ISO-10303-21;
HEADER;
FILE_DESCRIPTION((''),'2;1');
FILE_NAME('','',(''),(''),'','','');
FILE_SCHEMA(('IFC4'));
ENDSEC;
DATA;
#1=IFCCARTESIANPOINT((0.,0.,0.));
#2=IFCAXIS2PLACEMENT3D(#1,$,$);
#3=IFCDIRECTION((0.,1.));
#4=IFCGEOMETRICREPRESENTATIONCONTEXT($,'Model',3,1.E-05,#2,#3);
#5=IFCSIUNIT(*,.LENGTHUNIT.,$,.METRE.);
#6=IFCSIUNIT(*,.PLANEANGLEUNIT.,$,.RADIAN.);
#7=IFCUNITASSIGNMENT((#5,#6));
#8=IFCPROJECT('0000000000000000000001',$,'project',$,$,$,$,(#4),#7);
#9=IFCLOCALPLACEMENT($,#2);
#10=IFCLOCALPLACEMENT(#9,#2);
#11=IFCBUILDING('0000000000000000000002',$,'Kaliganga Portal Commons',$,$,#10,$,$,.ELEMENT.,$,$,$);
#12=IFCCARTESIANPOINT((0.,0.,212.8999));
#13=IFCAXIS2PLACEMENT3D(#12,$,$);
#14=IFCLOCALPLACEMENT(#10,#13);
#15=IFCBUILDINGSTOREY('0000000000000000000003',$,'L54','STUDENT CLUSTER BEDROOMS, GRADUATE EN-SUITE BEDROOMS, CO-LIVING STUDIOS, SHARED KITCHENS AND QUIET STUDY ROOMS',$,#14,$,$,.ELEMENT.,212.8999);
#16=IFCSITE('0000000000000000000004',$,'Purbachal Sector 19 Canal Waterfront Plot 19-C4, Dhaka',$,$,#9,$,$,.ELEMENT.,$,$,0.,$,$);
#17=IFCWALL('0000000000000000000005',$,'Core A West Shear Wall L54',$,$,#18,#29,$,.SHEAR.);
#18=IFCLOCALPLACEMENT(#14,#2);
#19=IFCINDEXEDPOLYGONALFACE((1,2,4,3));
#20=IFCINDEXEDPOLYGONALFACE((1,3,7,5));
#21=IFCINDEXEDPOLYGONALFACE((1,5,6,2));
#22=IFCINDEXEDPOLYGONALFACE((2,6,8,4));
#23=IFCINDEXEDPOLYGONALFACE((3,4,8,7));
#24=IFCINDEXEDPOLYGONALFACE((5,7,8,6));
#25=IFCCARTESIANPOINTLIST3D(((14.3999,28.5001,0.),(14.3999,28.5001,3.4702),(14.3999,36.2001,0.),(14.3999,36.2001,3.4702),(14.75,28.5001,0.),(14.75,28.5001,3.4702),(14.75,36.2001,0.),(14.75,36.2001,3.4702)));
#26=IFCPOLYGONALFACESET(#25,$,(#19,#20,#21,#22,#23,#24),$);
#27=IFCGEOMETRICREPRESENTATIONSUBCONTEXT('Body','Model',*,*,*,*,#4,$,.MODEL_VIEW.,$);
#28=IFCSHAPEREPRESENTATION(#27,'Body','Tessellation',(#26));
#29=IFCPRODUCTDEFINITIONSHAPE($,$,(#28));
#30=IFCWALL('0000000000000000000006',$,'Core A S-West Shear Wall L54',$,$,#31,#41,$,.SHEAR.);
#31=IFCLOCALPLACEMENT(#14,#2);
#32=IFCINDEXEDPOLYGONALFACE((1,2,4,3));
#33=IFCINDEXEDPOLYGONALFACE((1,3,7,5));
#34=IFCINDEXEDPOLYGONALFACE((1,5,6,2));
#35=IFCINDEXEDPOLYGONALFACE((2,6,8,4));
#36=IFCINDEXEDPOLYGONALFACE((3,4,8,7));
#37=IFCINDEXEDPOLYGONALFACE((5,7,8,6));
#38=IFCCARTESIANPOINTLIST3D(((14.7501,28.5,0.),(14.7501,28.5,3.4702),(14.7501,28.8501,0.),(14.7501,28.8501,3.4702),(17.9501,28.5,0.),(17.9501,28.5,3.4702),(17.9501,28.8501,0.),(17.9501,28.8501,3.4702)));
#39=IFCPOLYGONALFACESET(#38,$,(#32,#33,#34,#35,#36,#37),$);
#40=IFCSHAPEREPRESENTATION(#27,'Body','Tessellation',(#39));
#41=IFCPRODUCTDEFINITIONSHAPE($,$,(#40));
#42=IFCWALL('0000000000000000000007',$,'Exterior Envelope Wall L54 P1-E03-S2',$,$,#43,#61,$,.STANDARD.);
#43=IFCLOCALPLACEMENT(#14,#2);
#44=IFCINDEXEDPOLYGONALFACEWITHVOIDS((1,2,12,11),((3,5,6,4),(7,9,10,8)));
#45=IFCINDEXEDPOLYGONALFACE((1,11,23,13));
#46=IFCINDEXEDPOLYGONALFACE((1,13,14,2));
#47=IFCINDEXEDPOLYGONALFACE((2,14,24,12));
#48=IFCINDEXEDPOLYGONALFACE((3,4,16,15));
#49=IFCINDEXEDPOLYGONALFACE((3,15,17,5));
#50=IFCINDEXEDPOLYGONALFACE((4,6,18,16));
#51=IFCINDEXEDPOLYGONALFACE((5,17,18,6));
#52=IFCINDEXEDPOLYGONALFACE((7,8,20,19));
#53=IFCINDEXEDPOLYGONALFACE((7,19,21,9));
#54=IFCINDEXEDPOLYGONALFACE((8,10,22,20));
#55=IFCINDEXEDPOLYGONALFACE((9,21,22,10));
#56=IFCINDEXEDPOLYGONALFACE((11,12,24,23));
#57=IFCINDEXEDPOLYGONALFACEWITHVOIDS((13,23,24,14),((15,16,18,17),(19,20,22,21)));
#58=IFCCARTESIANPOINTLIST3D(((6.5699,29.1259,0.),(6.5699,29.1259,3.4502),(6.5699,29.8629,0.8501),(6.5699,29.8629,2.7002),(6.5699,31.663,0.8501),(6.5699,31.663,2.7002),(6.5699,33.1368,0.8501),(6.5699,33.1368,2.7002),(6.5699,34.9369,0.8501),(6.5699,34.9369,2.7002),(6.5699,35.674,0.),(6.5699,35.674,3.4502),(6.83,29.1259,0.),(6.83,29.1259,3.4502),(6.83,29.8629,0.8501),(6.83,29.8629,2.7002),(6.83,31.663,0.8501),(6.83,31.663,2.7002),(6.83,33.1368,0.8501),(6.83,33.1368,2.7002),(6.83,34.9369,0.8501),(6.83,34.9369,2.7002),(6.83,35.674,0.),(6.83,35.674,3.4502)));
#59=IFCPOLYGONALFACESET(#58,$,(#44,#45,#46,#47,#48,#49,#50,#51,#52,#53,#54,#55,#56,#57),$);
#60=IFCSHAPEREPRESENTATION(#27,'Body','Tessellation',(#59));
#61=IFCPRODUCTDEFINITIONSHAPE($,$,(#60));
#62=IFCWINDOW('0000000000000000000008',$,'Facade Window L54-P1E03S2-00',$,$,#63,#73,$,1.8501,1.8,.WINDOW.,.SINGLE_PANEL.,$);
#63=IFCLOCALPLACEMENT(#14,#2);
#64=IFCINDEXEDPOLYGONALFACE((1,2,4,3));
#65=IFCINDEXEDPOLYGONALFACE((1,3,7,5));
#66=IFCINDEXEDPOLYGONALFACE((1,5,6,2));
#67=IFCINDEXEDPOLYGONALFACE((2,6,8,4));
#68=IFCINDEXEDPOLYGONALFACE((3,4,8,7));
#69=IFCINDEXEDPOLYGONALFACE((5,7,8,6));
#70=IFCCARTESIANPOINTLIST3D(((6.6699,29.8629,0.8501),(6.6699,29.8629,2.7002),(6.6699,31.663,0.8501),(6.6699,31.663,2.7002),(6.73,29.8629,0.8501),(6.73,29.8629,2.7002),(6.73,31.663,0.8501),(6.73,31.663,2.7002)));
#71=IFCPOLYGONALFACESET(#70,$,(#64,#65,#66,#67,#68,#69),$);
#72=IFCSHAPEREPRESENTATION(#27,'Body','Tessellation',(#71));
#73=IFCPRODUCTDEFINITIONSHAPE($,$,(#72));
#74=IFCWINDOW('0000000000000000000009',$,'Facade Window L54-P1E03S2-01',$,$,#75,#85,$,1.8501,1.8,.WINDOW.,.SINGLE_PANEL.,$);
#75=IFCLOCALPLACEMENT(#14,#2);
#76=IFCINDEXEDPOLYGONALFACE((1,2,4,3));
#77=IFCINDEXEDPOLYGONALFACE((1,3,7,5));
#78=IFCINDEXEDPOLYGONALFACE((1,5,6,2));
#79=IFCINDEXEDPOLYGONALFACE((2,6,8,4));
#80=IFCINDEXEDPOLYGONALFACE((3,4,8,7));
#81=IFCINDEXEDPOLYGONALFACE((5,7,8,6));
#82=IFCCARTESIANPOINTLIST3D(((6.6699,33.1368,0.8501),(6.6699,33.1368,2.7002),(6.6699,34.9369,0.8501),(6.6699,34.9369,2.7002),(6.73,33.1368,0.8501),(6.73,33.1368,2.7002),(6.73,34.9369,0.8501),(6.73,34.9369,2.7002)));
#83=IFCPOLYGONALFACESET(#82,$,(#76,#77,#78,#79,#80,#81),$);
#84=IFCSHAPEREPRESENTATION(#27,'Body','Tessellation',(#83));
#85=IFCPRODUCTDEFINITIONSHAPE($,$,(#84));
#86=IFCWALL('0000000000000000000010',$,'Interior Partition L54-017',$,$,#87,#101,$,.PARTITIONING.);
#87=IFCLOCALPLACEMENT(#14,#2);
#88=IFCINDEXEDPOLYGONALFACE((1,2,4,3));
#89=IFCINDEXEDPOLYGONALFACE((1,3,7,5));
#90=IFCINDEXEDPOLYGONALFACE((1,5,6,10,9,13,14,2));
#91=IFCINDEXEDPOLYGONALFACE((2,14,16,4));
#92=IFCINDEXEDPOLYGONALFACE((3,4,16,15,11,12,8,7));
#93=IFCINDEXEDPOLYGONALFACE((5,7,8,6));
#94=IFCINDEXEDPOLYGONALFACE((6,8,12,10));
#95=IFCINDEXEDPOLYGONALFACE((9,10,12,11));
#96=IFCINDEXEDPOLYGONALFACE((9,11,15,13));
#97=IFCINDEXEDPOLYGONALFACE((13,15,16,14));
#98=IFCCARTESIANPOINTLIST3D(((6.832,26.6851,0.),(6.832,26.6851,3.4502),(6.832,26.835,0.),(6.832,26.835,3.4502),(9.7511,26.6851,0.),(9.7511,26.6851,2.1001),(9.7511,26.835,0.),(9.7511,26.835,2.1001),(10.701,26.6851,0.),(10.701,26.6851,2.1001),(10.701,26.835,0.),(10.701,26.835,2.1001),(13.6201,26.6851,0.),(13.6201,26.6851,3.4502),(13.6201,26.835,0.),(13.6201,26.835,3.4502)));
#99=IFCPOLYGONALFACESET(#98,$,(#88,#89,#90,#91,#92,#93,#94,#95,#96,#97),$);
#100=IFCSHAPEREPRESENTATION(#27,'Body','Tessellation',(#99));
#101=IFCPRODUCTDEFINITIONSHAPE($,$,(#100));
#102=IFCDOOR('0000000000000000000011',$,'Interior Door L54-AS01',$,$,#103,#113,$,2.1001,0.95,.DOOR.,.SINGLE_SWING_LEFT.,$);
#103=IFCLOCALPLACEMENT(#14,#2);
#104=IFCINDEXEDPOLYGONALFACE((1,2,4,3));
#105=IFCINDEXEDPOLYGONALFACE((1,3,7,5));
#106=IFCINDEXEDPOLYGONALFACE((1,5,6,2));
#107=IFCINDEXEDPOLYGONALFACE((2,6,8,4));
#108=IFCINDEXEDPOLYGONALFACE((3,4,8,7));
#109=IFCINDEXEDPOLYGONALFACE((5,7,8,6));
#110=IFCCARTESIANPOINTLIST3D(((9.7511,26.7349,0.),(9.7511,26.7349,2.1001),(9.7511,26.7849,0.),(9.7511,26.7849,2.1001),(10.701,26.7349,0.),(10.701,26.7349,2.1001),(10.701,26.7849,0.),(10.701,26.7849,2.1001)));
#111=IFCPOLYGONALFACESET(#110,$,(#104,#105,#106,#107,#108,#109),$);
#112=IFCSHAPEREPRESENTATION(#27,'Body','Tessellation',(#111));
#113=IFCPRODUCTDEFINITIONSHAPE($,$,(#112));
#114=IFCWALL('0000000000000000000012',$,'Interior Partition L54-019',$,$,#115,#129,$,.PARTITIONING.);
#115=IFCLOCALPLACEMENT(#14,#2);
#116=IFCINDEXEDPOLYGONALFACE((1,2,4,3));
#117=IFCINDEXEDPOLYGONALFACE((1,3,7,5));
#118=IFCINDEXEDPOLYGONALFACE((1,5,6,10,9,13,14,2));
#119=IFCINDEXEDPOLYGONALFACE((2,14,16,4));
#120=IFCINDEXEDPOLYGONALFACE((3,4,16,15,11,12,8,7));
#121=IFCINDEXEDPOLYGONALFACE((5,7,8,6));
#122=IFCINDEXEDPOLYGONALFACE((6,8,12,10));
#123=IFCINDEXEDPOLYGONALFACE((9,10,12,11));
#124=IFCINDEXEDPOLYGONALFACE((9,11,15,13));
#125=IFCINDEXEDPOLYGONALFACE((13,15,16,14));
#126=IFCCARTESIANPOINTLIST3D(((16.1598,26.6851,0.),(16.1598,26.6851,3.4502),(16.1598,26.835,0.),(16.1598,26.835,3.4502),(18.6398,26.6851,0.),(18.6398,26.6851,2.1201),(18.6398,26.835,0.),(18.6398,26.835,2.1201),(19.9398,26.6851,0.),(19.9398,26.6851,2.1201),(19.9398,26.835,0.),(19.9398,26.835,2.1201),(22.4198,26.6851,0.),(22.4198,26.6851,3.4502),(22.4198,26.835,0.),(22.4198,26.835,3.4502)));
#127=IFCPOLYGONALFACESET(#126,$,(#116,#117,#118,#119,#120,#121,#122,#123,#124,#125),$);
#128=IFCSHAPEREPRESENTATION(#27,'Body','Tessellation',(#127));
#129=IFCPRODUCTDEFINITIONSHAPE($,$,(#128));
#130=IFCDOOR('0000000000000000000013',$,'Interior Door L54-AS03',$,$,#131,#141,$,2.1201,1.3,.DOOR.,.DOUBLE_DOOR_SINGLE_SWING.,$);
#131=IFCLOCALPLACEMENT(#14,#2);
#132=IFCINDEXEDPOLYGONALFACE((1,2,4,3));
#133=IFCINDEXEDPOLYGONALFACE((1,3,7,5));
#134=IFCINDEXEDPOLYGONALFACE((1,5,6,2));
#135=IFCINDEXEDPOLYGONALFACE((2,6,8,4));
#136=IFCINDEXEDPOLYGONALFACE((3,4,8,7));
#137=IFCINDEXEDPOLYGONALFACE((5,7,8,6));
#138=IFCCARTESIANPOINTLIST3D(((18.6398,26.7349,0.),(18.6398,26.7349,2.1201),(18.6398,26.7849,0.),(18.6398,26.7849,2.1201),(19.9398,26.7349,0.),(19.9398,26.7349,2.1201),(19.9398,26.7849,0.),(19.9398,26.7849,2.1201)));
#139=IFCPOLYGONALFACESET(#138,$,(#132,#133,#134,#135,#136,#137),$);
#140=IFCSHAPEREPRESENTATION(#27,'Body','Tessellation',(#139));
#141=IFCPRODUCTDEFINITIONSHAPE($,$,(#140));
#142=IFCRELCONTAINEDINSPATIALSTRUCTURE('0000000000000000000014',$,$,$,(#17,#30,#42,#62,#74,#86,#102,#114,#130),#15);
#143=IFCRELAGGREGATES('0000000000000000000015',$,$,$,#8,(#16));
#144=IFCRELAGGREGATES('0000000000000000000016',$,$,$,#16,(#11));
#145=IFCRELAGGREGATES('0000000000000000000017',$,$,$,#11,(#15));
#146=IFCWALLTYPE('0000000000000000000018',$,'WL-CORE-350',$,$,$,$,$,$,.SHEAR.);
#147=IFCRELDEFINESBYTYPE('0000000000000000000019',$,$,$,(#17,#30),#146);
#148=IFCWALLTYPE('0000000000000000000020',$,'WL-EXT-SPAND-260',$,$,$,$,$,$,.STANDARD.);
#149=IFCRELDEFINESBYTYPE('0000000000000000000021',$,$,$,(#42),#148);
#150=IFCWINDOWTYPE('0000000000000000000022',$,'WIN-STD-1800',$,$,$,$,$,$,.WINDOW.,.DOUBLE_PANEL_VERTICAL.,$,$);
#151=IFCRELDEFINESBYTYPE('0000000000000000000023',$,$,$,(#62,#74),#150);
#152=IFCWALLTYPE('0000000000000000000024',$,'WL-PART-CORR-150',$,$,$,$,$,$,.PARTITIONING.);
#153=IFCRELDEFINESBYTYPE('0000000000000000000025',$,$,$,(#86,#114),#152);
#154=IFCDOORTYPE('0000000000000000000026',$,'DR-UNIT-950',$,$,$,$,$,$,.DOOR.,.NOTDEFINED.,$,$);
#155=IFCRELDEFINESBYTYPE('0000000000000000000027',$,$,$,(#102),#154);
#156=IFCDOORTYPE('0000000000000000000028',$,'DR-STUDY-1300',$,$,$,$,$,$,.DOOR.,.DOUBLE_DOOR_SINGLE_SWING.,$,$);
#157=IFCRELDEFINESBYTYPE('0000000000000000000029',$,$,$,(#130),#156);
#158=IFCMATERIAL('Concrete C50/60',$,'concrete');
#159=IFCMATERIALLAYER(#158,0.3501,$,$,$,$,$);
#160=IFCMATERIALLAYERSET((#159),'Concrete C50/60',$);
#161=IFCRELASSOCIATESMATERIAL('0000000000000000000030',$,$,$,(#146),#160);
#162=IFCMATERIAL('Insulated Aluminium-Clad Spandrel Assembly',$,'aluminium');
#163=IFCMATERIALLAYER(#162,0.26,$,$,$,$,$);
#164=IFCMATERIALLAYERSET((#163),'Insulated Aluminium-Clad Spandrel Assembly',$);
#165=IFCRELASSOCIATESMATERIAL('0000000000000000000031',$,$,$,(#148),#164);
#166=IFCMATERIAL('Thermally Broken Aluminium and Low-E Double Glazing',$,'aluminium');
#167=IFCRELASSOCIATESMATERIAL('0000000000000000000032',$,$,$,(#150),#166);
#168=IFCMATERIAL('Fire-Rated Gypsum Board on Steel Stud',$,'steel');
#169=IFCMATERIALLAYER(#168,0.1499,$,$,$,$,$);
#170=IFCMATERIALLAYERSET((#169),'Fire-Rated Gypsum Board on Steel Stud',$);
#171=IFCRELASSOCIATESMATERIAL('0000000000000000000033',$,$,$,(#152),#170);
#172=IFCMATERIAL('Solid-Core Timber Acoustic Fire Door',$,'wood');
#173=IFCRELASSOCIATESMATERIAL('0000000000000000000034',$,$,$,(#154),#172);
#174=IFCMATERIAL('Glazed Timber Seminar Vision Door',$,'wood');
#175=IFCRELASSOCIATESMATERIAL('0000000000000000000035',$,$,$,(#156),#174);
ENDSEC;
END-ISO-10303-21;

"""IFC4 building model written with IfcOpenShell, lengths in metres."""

from ifc_helpers import new_model, si_unit, direction, frame, frame_2d, origin, place, context, subcontext, project, spatial, rectangle, extrude, material, layer, layer_set, type_object, element, fill, save


model = new_model("IFC4")

# Units and contexts
model_context = context("Model", 3, precision=1e-05, world=origin(), true_north=direction((0.0, 1.0)))
body_context = subcontext(model_context, "Body", "Model", "MODEL_VIEW")
ifc_project = project(units=[si_unit("LENGTHUNIT", "METRE"), si_unit("PLANEANGLEUNIT", "RADIAN")], contexts=[model_context])

# Site, building, storey
site_placement = place(None, origin())
site = spatial("IfcSite", under=ifc_project, at=site_placement, Name="Purbachal Sector 19 Canal Waterfront Plot 19-C4, Dhaka", CompositionType="ELEMENT", RefElevation=0.0)
building_placement = place(site_placement, origin())
building = spatial("IfcBuilding", under=site, at=building_placement, Name="Kaliganga Portal Commons", CompositionType="ELEMENT")
storey_placement = place(building_placement, frame((0.0, 0.0, 212.8999)))
storey = spatial("IfcBuildingStorey", under=building, at=storey_placement, Name="L54", Description="STUDENT CLUSTER BEDROOMS, GRADUATE EN-SUITE BEDROOMS, CO-LIVING STUDIOS, SHARED KITCHENS AND QUIET STUDY ROOMS", CompositionType="ELEMENT", Elevation=212.8999)

# Shared definitions
ifc_material_1 = material(Name="Concrete C50/60", Category="concrete")

# Walls
ifc_layer_1 = layer(ifc_material_1, 0.3501)
ifc_layer_set_1 = layer_set([ifc_layer_1], Name="Concrete C50/60")
wall_type_1 = type_object("IfcWallType", Name="WL-CORE-350", PredefinedType="SHEAR", material=ifc_layer_set_1)
wall_1_placement = place(storey_placement, frame((14.575, 28.5, 0.0), z_axis=(0.0, 0.0, 1.0), x_axis=(0.0, 1.0, 0.0)))
element("IfcWall", 1, at=wall_1_placement, inside=storey, type_object=wall_type_1, Name="Core A West Shear Wall L54", PredefinedType="SHEAR", context=body_context, shape_type="SweptSolid", body=[
    extrude(rectangle(XDim=7.7, YDim=0.3501, at=frame_2d((3.8501, 0.0))), origin(), (0.0, 0.0, 1.0), 3.4702),
])
wall_2_placement = place(storey_placement, frame((14.75, 28.675, 0.0), z_axis=(0.0, 0.0, 1.0), x_axis=(1.0, 0.0, 0.0)))
element("IfcWall", 2, at=wall_2_placement, inside=storey, type_object=wall_type_1, Name="Core A S-West Shear Wall L54", PredefinedType="SHEAR", context=body_context, shape_type="SweptSolid", body=[
    extrude(rectangle(XDim=3.2, YDim=0.3501, at=frame_2d((1.6001, 0.0))), origin(), (0.0, 0.0, 1.0), 3.4702),
])

# Wall, openings, windows
ifc_material_2 = material(Name="Insulated Aluminium-Clad Spandrel Assembly", Category="aluminium")
ifc_layer_2 = layer(ifc_material_2, 0.26)
ifc_layer_set_2 = layer_set([ifc_layer_2], Name="Insulated Aluminium-Clad Spandrel Assembly")
wall_type_2 = type_object("IfcWallType", Name="WL-EXT-SPAND-260", PredefinedType="STANDARD", material=ifc_layer_set_2)
wall_3_placement = place(storey_placement, frame((6.7, 29.126, 0.0), z_axis=(0.0, 0.0, 1.0), x_axis=(0.0, 1.0, 0.0)))
wall_3 = element("IfcWall", 3, at=wall_3_placement, inside=storey, type_object=wall_type_2, Name="Exterior Envelope Wall L54 P1-E03-S2", PredefinedType="STANDARD", context=body_context, shape_type="SweptSolid", body=[
    extrude(rectangle(XDim=6.5481, YDim=0.26, at=frame_2d((3.2739, 0.0))), origin(), (0.0, 0.0, 1.0), 3.4502),
])
opening_1_placement = place(wall_3_placement, frame((0.7371, 0.0, 0.8501)))
opening_1 = element("IfcOpeningElement", 4, at=opening_1_placement, cuts=wall_3, PredefinedType="OPENING", context=body_context, shape_type="SweptSolid", body=[
    extrude(rectangle(XDim=1.8, YDim=1.8501, at=frame_2d((0.8999, 0.925))), frame((0.0, 0.1401, 0.0), z_axis=(0.0, -1.0, 0.0), x_axis=(1.0, 0.0, 0.0)), (0.0, 0.0, 1.0), 0.28),
])
opening_2_placement = place(wall_3_placement, frame((4.011, 0.0, 0.8501)))
opening_2 = element("IfcOpeningElement", 5, at=opening_2_placement, cuts=wall_3, PredefinedType="OPENING", context=body_context, shape_type="SweptSolid", body=[
    extrude(rectangle(XDim=1.8, YDim=1.8501, at=frame_2d((0.8999, 0.925))), frame((0.0, 0.1401, 0.0), z_axis=(0.0, -1.0, 0.0), x_axis=(1.0, 0.0, 0.0)), (0.0, 0.0, 1.0), 0.28),
])
ifc_material_3 = material(Name="Thermally Broken Aluminium and Low-E Double Glazing", Category="aluminium")
window_type = type_object("IfcWindowType", Name="WIN-STD-1800", PartitioningType="DOUBLE_PANEL_VERTICAL", PredefinedType="WINDOW", material=ifc_material_3)
window_1_placement = place(opening_1_placement, origin())
window_1 = element("IfcWindow", 6, at=window_1_placement, inside=storey, type_object=window_type, Name="Facade Window L54-P1E03S2-00", OverallHeight=1.8501, OverallWidth=1.8, PartitioningType="SINGLE_PANEL", PredefinedType="WINDOW", context=body_context, shape_type="SweptSolid", body=[
    extrude(rectangle(XDim=1.8, YDim=1.8501, at=frame_2d((0.8999, 0.925))), frame((0.0, 0.03, 0.0), z_axis=(0.0, -1.0, 0.0), x_axis=(1.0, 0.0, 0.0)), (0.0, 0.0, 1.0), 0.0601),
])
fill(opening_1, window_1)
window_2_placement = place(opening_2_placement, origin())
window_2 = element("IfcWindow", 7, at=window_2_placement, inside=storey, type_object=window_type, Name="Facade Window L54-P1E03S2-01", OverallHeight=1.8501, OverallWidth=1.8, PartitioningType="SINGLE_PANEL", PredefinedType="WINDOW", context=body_context, shape_type="SweptSolid", body=[
    extrude(rectangle(XDim=1.8, YDim=1.8501, at=frame_2d((0.8999, 0.925))), frame((0.0, 0.03, 0.0), z_axis=(0.0, -1.0, 0.0), x_axis=(1.0, 0.0, 0.0)), (0.0, 0.0, 1.0), 0.0601),
])
fill(opening_2, window_2)

# Walls, openings, doors
ifc_material_4 = material(Name="Fire-Rated Gypsum Board on Steel Stud", Category="steel")
ifc_layer_3 = layer(ifc_material_4, 0.1499)
ifc_layer_set_3 = layer_set([ifc_layer_3], Name="Fire-Rated Gypsum Board on Steel Stud")
wall_type_3 = type_object("IfcWallType", Name="WL-PART-CORR-150", PredefinedType="PARTITIONING", material=ifc_layer_set_3)
wall_4_placement = place(storey_placement, frame((6.832, 26.76, 0.0), z_axis=(0.0, 0.0, 1.0), x_axis=(1.0, 0.0, 0.0)))
wall_4 = element("IfcWall", 8, at=wall_4_placement, inside=storey, type_object=wall_type_3, Name="Interior Partition L54-017", PredefinedType="PARTITIONING", context=body_context, shape_type="SweptSolid", body=[
    extrude(rectangle(XDim=6.7881, YDim=0.1499, at=frame_2d((3.394, 0.0))), origin(), (0.0, 0.0, 1.0), 3.4502),
])
opening_3_placement = place(wall_4_placement, frame((2.9189, 0.0, 0.0)))
opening_3 = element("IfcOpeningElement", 9, at=opening_3_placement, cuts=wall_4, PredefinedType="OPENING", context=body_context, shape_type="SweptSolid", body=[
    extrude(rectangle(XDim=0.95, YDim=2.1001, at=frame_2d((0.4751, 1.05))), frame((0.0, 0.085, 0.0), z_axis=(0.0, -1.0, 0.0), x_axis=(1.0, 0.0, 0.0)), (0.0, 0.0, 1.0), 0.1699),
])
ifc_material_5 = material(Name="Solid-Core Timber Acoustic Fire Door", Category="wood")
door_type_1 = type_object("IfcDoorType", Name="DR-UNIT-950", OperationType="NOTDEFINED", PredefinedType="DOOR", material=ifc_material_5)
door_1_placement = place(opening_3_placement, origin())
door_1 = element("IfcDoor", 10, at=door_1_placement, inside=storey, type_object=door_type_1, Name="Interior Door L54-AS01", OperationType="SINGLE_SWING_LEFT", OverallHeight=2.1001, OverallWidth=0.95, PredefinedType="DOOR", context=body_context, shape_type="SweptSolid", body=[
    extrude(rectangle(XDim=0.95, YDim=2.1001, at=frame_2d((0.4751, 1.05))), frame((0.0, 0.0249, 0.0), z_axis=(0.0, -1.0, 0.0), x_axis=(1.0, 0.0, 0.0)), (0.0, 0.0, 1.0), 0.05),
])
fill(opening_3, door_1)
wall_5_placement = place(storey_placement, frame((16.1599, 26.76, 0.0), z_axis=(0.0, 0.0, 1.0), x_axis=(1.0, 0.0, 0.0)))
wall_5 = element("IfcWall", 11, at=wall_5_placement, inside=storey, type_object=wall_type_3, Name="Interior Partition L54-019", PredefinedType="PARTITIONING", context=body_context, shape_type="SweptSolid", body=[
    extrude(rectangle(XDim=6.26, YDim=0.1499, at=frame_2d((3.1299, 0.0))), origin(), (0.0, 0.0, 1.0), 3.4502),
])
opening_4_placement = place(wall_5_placement, frame((2.48, 0.0, 0.0)))
opening_4 = element("IfcOpeningElement", 12, at=opening_4_placement, cuts=wall_5, PredefinedType="OPENING", context=body_context, shape_type="SweptSolid", body=[
    extrude(rectangle(XDim=1.3, YDim=2.1201, at=frame_2d((0.6499, 1.0601))), frame((0.0, 0.085, 0.0), z_axis=(0.0, -1.0, 0.0), x_axis=(1.0, 0.0, 0.0)), (0.0, 0.0, 1.0), 0.1699),
])
ifc_material_6 = material(Name="Glazed Timber Seminar Vision Door", Category="wood")
door_type_2 = type_object("IfcDoorType", Name="DR-STUDY-1300", OperationType="DOUBLE_DOOR_SINGLE_SWING", PredefinedType="DOOR", material=ifc_material_6)
door_2_placement = place(opening_4_placement, origin())
door_2 = element("IfcDoor", 13, at=door_2_placement, inside=storey, type_object=door_type_2, Name="Interior Door L54-AS03", OperationType="DOUBLE_DOOR_SINGLE_SWING", OverallHeight=2.1201, OverallWidth=1.3, PredefinedType="DOOR", context=body_context, shape_type="SweptSolid", body=[
    extrude(rectangle(XDim=1.3, YDim=2.1201, at=frame_2d((0.6499, 1.0601))), frame((0.0, 0.0249, 0.0), z_axis=(0.0, -1.0, 0.0), x_axis=(1.0, 0.0, 0.0)), (0.0, 0.0, 1.0), 0.05),
])
fill(opening_4, door_2)

save(model, "model.ifc")
